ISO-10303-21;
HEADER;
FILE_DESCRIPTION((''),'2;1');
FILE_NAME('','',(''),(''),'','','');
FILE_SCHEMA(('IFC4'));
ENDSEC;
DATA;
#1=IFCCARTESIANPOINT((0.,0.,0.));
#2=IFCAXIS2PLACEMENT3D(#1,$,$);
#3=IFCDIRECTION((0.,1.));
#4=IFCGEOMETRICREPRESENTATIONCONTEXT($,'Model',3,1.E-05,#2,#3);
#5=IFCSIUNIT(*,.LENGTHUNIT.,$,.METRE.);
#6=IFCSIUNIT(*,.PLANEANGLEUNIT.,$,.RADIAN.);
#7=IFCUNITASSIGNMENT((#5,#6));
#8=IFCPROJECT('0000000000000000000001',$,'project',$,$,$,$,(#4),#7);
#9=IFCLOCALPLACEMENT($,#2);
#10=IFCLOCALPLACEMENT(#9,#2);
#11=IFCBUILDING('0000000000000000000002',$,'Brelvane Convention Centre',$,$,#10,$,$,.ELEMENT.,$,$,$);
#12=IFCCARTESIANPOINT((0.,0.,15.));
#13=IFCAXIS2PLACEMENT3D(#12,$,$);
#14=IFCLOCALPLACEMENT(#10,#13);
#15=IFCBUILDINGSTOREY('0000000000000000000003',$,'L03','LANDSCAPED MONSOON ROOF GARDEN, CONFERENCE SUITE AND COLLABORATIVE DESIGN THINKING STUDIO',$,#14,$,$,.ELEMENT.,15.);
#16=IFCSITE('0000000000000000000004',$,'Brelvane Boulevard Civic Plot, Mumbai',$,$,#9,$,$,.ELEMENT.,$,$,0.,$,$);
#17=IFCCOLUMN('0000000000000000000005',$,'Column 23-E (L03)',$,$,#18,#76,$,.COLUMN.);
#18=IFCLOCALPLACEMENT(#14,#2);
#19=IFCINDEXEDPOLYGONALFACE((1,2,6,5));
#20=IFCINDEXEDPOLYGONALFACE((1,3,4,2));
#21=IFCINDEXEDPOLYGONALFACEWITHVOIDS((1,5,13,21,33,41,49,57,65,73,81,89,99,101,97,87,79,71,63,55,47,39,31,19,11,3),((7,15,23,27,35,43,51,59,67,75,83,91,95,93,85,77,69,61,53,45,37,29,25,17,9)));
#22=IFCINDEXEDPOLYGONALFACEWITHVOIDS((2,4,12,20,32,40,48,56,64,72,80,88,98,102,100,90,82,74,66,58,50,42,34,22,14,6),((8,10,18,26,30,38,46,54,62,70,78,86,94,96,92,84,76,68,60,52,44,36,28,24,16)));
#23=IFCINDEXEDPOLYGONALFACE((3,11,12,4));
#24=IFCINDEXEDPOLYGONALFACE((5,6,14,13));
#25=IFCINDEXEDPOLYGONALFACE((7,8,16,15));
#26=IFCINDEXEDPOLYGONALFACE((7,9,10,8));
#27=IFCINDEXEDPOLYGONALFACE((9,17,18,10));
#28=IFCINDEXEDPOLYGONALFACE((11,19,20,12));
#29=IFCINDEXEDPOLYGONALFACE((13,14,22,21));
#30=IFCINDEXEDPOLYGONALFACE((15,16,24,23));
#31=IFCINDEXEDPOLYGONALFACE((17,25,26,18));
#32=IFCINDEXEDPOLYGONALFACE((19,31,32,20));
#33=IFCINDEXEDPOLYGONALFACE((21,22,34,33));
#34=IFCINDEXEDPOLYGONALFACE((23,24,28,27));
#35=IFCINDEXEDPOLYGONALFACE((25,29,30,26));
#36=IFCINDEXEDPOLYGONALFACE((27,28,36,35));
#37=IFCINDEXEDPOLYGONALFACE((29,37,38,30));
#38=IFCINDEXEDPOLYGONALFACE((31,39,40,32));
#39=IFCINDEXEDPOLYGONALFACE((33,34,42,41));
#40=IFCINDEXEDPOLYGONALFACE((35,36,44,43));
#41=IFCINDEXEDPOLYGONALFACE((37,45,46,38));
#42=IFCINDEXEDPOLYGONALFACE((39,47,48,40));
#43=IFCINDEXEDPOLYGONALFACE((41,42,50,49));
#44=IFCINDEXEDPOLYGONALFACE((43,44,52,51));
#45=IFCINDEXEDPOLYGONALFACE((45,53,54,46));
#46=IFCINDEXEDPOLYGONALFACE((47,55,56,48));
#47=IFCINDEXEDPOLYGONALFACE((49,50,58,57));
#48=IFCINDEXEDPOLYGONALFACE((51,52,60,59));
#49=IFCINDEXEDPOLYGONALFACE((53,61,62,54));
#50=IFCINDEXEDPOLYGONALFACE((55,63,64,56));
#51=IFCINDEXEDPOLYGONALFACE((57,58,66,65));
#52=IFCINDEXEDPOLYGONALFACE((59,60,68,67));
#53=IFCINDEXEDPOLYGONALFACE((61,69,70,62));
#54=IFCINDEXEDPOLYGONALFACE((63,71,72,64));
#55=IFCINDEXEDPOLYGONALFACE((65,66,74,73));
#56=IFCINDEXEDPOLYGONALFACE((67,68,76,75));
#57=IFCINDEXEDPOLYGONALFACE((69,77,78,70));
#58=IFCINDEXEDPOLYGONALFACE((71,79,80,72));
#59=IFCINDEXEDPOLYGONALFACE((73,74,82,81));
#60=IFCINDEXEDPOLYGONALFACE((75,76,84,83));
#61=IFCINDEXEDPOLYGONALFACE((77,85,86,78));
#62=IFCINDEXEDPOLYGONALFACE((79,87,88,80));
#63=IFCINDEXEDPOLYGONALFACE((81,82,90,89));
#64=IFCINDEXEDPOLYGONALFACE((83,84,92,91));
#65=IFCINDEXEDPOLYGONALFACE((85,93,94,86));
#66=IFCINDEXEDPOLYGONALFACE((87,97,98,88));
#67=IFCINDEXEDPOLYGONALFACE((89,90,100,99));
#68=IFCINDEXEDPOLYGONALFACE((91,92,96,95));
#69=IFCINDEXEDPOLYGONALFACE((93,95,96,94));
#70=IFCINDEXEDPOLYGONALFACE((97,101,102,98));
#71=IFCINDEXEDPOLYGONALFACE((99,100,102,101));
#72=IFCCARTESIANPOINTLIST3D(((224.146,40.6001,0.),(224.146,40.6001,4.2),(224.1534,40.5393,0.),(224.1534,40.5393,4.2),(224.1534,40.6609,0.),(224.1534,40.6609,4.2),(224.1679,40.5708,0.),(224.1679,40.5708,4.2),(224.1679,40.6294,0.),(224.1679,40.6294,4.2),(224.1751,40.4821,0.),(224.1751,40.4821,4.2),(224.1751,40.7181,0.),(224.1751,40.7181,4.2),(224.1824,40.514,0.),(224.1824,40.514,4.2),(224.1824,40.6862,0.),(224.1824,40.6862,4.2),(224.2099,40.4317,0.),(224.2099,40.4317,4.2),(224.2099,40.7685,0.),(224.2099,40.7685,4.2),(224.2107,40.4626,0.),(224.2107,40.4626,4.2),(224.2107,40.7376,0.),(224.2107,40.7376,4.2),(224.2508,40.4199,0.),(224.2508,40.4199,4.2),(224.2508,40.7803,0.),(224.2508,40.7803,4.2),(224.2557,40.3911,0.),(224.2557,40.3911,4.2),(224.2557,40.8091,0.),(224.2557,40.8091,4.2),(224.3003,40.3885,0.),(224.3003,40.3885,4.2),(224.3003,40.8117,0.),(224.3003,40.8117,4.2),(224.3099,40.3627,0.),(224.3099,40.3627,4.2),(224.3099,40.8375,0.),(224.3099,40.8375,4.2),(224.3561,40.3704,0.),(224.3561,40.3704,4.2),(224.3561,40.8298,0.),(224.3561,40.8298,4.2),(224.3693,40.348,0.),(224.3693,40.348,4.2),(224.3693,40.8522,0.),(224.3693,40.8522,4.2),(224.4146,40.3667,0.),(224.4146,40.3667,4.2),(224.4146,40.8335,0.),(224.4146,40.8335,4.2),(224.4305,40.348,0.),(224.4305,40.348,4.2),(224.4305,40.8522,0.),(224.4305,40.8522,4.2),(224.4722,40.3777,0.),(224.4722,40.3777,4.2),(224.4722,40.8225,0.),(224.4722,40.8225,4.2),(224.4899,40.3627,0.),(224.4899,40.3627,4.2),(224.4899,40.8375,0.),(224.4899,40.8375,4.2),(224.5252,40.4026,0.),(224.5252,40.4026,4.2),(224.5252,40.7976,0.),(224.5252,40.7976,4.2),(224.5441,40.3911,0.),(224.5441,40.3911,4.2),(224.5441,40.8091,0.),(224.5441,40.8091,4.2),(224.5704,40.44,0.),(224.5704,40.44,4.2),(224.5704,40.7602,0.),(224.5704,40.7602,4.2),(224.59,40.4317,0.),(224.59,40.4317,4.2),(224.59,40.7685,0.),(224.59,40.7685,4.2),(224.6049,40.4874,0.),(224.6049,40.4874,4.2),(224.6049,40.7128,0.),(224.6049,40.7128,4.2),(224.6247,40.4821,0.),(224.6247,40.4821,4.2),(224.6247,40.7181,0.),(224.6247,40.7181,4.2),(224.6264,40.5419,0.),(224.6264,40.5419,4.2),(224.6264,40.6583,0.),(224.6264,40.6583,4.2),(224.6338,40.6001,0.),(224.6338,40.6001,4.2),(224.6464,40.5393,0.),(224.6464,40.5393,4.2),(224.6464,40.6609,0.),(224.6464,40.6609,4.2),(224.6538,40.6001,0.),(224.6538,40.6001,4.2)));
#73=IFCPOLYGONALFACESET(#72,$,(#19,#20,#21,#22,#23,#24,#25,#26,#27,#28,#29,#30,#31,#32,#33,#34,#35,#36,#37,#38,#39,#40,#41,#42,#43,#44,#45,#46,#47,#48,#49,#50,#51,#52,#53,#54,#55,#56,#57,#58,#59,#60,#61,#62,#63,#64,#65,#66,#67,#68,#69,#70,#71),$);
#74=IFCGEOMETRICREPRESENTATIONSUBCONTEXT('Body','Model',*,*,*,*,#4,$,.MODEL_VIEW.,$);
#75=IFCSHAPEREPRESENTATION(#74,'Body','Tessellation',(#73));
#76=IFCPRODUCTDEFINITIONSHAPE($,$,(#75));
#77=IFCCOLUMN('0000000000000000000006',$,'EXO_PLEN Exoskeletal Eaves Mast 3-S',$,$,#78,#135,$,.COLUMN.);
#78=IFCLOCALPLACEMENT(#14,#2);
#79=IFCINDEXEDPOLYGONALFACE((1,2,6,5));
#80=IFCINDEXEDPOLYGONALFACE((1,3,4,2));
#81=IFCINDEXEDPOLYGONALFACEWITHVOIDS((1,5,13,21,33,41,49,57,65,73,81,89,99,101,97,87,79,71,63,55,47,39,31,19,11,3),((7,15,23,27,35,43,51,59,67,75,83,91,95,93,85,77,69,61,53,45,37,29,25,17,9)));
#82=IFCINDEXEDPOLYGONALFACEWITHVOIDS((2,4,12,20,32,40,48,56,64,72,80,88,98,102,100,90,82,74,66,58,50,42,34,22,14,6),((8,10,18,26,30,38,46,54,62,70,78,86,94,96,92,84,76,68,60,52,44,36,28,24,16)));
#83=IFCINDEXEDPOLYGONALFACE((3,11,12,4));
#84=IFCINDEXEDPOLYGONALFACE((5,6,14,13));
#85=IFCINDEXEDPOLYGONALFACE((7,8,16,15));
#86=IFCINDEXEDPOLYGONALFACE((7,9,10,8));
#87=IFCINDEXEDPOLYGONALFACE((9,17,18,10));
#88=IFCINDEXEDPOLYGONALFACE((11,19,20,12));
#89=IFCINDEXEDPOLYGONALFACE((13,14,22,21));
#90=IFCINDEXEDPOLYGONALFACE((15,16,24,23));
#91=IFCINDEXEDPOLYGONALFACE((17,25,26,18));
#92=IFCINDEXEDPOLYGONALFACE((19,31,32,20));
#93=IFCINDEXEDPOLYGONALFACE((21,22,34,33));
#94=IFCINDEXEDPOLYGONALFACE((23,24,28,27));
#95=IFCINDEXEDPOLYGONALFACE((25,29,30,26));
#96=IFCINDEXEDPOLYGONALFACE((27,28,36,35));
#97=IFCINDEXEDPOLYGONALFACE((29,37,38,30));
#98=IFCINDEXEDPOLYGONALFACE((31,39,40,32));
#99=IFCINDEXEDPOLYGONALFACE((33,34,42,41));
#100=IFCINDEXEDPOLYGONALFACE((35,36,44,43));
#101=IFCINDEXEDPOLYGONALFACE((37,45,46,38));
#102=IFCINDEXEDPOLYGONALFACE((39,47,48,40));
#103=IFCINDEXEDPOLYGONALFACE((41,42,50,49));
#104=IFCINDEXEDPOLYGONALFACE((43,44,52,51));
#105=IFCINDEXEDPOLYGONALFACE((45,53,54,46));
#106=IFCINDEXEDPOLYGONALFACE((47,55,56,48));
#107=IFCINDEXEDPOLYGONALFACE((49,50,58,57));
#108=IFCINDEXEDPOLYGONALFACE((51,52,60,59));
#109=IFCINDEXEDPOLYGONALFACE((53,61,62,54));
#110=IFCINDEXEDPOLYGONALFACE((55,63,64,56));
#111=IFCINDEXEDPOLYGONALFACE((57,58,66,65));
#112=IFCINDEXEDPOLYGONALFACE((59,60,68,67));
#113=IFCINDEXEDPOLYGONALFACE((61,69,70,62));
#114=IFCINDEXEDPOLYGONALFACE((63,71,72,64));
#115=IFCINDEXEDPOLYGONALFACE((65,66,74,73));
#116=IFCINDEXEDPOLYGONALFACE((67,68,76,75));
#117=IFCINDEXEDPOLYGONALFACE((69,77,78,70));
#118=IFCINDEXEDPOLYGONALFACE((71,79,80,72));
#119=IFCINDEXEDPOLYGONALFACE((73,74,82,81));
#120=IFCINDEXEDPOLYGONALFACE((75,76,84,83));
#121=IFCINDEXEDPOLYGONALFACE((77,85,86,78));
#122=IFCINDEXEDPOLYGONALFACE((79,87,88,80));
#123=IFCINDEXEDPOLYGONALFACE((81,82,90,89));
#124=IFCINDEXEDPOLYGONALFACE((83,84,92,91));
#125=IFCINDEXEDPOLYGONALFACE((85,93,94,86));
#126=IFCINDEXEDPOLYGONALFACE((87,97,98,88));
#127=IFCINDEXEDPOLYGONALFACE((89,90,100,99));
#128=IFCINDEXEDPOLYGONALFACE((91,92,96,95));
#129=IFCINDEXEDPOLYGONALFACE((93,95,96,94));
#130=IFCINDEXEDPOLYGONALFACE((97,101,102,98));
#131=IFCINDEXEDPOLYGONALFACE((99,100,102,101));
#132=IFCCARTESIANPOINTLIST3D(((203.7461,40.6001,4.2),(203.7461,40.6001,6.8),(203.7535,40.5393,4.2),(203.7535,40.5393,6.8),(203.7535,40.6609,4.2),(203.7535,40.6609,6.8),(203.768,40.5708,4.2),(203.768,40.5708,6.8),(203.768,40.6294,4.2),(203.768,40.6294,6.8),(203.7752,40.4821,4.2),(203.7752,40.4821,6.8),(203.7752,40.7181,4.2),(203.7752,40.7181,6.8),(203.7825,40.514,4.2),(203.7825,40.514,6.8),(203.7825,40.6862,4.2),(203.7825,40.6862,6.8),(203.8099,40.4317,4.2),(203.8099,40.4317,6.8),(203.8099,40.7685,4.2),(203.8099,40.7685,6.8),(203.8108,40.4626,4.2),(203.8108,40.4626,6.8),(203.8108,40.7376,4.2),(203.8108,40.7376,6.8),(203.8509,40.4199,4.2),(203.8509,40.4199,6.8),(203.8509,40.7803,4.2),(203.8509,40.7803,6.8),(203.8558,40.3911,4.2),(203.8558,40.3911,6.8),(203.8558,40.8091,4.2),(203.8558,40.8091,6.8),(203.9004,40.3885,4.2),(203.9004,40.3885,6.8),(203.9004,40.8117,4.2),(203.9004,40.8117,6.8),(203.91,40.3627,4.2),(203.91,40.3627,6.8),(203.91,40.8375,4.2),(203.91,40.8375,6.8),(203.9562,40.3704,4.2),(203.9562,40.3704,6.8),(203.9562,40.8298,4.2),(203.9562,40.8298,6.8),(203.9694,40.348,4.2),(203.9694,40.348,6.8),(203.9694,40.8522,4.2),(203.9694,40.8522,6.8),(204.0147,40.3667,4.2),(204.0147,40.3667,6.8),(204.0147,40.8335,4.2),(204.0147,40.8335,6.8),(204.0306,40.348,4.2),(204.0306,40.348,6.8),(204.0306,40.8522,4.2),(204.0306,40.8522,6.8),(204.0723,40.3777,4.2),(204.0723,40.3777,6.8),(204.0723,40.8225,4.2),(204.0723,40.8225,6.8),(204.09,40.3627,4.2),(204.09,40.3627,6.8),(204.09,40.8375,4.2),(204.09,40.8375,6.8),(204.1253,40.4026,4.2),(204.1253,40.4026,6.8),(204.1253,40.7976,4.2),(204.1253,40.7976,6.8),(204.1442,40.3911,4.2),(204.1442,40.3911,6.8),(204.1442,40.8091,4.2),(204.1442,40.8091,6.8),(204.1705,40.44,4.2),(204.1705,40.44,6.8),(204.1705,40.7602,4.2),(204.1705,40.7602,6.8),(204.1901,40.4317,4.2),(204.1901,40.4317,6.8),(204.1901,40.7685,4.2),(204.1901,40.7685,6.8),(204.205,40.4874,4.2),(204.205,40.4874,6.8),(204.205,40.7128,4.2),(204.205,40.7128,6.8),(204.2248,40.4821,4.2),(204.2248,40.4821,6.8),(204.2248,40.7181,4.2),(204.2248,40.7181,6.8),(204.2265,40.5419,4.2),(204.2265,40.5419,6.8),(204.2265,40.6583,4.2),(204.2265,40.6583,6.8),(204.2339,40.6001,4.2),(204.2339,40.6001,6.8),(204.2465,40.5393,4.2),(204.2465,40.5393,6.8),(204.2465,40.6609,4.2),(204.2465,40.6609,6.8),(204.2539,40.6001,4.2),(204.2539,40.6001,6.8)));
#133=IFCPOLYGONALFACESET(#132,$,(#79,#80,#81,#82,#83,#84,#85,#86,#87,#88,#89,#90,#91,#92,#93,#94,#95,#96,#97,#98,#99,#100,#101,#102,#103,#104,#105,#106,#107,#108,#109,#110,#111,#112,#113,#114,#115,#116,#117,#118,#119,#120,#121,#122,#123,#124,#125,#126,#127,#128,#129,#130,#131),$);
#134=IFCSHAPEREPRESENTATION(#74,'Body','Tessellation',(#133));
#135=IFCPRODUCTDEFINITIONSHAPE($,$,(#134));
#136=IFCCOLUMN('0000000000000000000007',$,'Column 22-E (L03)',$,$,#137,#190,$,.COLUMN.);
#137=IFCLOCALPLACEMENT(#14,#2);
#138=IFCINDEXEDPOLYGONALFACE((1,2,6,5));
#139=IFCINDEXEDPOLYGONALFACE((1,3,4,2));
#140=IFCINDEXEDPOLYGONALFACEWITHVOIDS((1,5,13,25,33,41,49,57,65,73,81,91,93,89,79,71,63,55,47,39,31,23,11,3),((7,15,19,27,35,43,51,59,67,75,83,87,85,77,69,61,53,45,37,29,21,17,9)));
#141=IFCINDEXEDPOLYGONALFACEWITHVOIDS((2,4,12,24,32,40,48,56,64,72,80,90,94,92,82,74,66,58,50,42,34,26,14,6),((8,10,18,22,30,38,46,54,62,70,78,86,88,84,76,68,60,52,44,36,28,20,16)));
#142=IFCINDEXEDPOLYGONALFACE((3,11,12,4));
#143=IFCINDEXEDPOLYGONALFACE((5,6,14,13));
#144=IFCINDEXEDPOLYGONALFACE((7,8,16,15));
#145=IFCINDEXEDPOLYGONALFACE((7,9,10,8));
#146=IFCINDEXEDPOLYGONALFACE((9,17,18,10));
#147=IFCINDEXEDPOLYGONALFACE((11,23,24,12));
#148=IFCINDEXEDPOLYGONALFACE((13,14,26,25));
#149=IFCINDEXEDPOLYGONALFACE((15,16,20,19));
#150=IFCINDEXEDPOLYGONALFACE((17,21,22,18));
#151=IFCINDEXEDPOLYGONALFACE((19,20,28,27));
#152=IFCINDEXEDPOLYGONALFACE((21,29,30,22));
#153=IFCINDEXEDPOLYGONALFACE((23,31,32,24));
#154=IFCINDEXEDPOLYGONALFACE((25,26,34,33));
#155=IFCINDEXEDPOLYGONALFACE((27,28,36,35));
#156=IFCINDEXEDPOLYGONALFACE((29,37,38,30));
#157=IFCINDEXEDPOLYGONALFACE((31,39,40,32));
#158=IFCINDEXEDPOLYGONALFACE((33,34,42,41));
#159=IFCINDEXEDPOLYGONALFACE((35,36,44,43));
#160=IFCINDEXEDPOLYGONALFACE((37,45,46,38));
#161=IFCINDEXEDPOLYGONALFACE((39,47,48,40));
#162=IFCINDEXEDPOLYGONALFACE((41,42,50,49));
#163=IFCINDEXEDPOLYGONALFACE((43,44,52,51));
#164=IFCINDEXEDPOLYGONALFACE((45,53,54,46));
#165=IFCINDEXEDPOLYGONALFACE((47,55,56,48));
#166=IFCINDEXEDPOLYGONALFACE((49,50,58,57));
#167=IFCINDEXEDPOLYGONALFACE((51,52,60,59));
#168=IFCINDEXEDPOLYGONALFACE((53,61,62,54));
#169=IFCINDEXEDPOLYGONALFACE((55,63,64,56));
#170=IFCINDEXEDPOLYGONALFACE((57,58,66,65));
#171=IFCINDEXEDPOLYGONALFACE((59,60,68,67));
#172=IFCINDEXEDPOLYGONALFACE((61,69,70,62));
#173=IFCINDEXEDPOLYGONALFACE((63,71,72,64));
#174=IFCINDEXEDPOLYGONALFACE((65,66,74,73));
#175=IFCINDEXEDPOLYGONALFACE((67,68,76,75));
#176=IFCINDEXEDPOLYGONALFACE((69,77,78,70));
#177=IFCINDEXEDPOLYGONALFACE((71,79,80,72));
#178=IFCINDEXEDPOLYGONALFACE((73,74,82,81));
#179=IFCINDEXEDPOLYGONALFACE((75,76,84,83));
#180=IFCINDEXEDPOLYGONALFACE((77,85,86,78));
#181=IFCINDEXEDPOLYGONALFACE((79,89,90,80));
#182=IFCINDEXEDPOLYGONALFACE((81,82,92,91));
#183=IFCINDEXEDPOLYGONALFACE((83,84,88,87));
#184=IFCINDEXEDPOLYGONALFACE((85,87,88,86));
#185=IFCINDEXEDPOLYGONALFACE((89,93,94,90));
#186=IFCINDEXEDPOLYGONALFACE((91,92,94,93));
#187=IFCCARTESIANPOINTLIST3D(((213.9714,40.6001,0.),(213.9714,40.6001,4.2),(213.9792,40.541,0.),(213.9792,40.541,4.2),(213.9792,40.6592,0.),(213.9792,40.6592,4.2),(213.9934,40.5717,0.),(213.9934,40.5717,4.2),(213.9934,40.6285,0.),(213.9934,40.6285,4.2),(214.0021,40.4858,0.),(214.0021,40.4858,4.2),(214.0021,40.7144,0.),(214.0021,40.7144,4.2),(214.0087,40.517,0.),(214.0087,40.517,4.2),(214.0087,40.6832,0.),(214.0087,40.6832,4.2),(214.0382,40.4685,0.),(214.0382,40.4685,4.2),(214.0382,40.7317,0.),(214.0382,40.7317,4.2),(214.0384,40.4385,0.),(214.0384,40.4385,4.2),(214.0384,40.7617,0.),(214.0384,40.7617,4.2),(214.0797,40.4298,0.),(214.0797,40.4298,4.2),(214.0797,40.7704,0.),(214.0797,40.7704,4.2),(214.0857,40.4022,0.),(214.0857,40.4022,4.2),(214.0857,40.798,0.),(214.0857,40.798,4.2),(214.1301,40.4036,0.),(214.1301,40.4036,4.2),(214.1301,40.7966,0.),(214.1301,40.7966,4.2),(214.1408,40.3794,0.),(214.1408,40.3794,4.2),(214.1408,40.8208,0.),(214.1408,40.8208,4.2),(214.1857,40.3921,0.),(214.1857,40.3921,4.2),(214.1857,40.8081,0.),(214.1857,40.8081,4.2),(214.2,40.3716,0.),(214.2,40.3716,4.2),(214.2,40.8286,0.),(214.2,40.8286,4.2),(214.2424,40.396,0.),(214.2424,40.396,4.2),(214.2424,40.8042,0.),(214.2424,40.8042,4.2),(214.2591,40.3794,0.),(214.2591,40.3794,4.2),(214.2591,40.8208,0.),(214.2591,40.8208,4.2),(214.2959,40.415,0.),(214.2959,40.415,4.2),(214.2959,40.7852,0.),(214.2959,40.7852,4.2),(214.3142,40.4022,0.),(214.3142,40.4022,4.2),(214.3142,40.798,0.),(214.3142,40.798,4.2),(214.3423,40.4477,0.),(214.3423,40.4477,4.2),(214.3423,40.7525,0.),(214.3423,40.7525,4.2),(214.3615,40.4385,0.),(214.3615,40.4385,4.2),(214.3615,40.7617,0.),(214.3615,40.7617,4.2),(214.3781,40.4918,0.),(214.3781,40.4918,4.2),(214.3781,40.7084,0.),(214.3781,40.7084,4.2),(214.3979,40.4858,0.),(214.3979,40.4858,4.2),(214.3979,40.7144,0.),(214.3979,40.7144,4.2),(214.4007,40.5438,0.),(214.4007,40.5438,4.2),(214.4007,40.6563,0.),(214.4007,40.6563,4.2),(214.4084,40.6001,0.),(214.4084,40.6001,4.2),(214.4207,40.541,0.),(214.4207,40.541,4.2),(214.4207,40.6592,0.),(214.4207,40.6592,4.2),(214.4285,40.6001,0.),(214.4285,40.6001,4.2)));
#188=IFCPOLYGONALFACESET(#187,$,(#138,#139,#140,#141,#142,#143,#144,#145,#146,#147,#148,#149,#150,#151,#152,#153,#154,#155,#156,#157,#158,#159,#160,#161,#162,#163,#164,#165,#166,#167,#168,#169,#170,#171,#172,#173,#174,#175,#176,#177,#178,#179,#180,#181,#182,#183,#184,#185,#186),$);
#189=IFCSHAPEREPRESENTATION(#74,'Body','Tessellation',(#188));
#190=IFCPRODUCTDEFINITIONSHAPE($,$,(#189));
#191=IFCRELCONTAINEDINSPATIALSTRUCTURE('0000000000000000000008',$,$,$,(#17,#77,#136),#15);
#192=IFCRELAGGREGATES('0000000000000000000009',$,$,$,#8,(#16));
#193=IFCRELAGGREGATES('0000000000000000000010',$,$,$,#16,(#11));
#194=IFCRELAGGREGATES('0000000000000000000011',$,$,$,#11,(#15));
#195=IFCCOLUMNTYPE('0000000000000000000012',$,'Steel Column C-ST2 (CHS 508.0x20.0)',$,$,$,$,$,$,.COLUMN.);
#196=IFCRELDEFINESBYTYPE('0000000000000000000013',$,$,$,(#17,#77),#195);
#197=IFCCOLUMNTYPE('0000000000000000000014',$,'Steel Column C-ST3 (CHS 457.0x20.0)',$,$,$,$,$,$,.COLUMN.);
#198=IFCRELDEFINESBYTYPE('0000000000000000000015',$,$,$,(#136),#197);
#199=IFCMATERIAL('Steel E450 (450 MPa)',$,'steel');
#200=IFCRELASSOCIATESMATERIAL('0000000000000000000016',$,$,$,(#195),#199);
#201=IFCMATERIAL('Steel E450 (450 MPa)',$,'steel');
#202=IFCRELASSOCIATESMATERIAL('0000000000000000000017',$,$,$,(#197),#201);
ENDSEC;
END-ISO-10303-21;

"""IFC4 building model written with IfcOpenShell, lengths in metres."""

from ifc_helpers import new_model, si_unit, direction, frame, origin, origin_2d, place, context, subcontext, project, spatial, hollow_circle, extrude, material, material_profile, profile_set, type_object, element, save


model = new_model("IFC4")

# Units and contexts
model_context = context("Model", 3, precision=1e-05, world=origin(), true_north=direction((0.0, 1.0)))
body_context = subcontext(model_context, "Body", "Model", "MODEL_VIEW")
ifc_project = project(units=[si_unit("LENGTHUNIT", "METRE"), si_unit("PLANEANGLEUNIT", "RADIAN")], contexts=[model_context])

# Site, building, storey
site_placement = place(None, origin())
site = spatial("IfcSite", under=ifc_project, at=site_placement, Name="Brelvane Boulevard Civic Plot, Mumbai", CompositionType="ELEMENT", RefElevation=0.0)
building_placement = place(site_placement, origin())
building = spatial("IfcBuilding", under=site, at=building_placement, Name="Brelvane Convention Centre", CompositionType="ELEMENT")
storey_placement = place(building_placement, frame((0.0, 0.0, 15.0)))
storey = spatial("IfcBuildingStorey", under=building, at=storey_placement, Name="L03", Description="LANDSCAPED MONSOON ROOF GARDEN, CONFERENCE SUITE AND COLLABORATIVE DESIGN THINKING STUDIO", CompositionType="ELEMENT", Elevation=15.0)

# Columns
ifc_material_1 = material(Name="Steel E450 (450 MPa)", Category="steel")
ifc_material_profile_1 = material_profile(ifc_material_1, hollow_circle(Radius=0.2539, WallThickness=0.02, at=origin_2d()), Name="CHS 508.0x20.0")
ifc_profile_set_1 = profile_set([ifc_material_profile_1], Name="Steel E450 (450 MPa)")
column_type_1 = type_object("IfcColumnType", Name="Steel Column C-ST2 (CHS 508.0x20.0)", PredefinedType="COLUMN", material=ifc_profile_set_1)
column_1_placement = place(storey_placement, frame((224.3999, 40.6001, 0.0), z_axis=(0.0, 0.0, 1.0), x_axis=(1.0, 0.0, 0.0)))
element("IfcColumn", 1, at=column_1_placement, inside=storey, type_object=column_type_1, Name="Column 23-E (L03)", PredefinedType="COLUMN", context=body_context, shape_type="SweptSolid", body=[
    extrude(hollow_circle(Radius=0.2539, WallThickness=0.02, at=origin_2d()), origin(), (0.0, 0.0, 1.0), 4.2),
])
column_2_placement = place(storey_placement, frame((204.0, 40.6001, 4.2), z_axis=(0.0, 0.0, 1.0), x_axis=(1.0, 0.0, 0.0)))
element("IfcColumn", 2, at=column_2_placement, inside=storey, type_object=column_type_1, Name="EXO_PLEN Exoskeletal Eaves Mast 3-S", PredefinedType="COLUMN", context=body_context, shape_type="SweptSolid", body=[
    extrude(hollow_circle(Radius=0.2539, WallThickness=0.02, at=origin_2d()), origin(), (0.0, 0.0, 1.0), 2.6001),
])
ifc_material_2 = material(Name="Steel E450 (450 MPa)", Category="steel")
ifc_material_profile_2 = material_profile(ifc_material_2, hollow_circle(Radius=0.2285, WallThickness=0.02, at=origin_2d()), Name="CHS 457.0x20.0")
ifc_profile_set_2 = profile_set([ifc_material_profile_2], Name="Steel E450 (450 MPa)")
column_type_2 = type_object("IfcColumnType", Name="Steel Column C-ST3 (CHS 457.0x20.0)", PredefinedType="COLUMN", material=ifc_profile_set_2)
column_3_placement = place(storey_placement, frame((214.2, 40.6001, 0.0), z_axis=(0.0, 0.0, 1.0), x_axis=(1.0, 0.0, 0.0)))
element("IfcColumn", 3, at=column_3_placement, inside=storey, type_object=column_type_2, Name="Column 22-E (L03)", PredefinedType="COLUMN", context=body_context, shape_type="SweptSolid", body=[
    extrude(hollow_circle(Radius=0.2285, WallThickness=0.02, at=origin_2d()), origin(), (0.0, 0.0, 1.0), 4.2),
])

save(model, "model.ifc")
